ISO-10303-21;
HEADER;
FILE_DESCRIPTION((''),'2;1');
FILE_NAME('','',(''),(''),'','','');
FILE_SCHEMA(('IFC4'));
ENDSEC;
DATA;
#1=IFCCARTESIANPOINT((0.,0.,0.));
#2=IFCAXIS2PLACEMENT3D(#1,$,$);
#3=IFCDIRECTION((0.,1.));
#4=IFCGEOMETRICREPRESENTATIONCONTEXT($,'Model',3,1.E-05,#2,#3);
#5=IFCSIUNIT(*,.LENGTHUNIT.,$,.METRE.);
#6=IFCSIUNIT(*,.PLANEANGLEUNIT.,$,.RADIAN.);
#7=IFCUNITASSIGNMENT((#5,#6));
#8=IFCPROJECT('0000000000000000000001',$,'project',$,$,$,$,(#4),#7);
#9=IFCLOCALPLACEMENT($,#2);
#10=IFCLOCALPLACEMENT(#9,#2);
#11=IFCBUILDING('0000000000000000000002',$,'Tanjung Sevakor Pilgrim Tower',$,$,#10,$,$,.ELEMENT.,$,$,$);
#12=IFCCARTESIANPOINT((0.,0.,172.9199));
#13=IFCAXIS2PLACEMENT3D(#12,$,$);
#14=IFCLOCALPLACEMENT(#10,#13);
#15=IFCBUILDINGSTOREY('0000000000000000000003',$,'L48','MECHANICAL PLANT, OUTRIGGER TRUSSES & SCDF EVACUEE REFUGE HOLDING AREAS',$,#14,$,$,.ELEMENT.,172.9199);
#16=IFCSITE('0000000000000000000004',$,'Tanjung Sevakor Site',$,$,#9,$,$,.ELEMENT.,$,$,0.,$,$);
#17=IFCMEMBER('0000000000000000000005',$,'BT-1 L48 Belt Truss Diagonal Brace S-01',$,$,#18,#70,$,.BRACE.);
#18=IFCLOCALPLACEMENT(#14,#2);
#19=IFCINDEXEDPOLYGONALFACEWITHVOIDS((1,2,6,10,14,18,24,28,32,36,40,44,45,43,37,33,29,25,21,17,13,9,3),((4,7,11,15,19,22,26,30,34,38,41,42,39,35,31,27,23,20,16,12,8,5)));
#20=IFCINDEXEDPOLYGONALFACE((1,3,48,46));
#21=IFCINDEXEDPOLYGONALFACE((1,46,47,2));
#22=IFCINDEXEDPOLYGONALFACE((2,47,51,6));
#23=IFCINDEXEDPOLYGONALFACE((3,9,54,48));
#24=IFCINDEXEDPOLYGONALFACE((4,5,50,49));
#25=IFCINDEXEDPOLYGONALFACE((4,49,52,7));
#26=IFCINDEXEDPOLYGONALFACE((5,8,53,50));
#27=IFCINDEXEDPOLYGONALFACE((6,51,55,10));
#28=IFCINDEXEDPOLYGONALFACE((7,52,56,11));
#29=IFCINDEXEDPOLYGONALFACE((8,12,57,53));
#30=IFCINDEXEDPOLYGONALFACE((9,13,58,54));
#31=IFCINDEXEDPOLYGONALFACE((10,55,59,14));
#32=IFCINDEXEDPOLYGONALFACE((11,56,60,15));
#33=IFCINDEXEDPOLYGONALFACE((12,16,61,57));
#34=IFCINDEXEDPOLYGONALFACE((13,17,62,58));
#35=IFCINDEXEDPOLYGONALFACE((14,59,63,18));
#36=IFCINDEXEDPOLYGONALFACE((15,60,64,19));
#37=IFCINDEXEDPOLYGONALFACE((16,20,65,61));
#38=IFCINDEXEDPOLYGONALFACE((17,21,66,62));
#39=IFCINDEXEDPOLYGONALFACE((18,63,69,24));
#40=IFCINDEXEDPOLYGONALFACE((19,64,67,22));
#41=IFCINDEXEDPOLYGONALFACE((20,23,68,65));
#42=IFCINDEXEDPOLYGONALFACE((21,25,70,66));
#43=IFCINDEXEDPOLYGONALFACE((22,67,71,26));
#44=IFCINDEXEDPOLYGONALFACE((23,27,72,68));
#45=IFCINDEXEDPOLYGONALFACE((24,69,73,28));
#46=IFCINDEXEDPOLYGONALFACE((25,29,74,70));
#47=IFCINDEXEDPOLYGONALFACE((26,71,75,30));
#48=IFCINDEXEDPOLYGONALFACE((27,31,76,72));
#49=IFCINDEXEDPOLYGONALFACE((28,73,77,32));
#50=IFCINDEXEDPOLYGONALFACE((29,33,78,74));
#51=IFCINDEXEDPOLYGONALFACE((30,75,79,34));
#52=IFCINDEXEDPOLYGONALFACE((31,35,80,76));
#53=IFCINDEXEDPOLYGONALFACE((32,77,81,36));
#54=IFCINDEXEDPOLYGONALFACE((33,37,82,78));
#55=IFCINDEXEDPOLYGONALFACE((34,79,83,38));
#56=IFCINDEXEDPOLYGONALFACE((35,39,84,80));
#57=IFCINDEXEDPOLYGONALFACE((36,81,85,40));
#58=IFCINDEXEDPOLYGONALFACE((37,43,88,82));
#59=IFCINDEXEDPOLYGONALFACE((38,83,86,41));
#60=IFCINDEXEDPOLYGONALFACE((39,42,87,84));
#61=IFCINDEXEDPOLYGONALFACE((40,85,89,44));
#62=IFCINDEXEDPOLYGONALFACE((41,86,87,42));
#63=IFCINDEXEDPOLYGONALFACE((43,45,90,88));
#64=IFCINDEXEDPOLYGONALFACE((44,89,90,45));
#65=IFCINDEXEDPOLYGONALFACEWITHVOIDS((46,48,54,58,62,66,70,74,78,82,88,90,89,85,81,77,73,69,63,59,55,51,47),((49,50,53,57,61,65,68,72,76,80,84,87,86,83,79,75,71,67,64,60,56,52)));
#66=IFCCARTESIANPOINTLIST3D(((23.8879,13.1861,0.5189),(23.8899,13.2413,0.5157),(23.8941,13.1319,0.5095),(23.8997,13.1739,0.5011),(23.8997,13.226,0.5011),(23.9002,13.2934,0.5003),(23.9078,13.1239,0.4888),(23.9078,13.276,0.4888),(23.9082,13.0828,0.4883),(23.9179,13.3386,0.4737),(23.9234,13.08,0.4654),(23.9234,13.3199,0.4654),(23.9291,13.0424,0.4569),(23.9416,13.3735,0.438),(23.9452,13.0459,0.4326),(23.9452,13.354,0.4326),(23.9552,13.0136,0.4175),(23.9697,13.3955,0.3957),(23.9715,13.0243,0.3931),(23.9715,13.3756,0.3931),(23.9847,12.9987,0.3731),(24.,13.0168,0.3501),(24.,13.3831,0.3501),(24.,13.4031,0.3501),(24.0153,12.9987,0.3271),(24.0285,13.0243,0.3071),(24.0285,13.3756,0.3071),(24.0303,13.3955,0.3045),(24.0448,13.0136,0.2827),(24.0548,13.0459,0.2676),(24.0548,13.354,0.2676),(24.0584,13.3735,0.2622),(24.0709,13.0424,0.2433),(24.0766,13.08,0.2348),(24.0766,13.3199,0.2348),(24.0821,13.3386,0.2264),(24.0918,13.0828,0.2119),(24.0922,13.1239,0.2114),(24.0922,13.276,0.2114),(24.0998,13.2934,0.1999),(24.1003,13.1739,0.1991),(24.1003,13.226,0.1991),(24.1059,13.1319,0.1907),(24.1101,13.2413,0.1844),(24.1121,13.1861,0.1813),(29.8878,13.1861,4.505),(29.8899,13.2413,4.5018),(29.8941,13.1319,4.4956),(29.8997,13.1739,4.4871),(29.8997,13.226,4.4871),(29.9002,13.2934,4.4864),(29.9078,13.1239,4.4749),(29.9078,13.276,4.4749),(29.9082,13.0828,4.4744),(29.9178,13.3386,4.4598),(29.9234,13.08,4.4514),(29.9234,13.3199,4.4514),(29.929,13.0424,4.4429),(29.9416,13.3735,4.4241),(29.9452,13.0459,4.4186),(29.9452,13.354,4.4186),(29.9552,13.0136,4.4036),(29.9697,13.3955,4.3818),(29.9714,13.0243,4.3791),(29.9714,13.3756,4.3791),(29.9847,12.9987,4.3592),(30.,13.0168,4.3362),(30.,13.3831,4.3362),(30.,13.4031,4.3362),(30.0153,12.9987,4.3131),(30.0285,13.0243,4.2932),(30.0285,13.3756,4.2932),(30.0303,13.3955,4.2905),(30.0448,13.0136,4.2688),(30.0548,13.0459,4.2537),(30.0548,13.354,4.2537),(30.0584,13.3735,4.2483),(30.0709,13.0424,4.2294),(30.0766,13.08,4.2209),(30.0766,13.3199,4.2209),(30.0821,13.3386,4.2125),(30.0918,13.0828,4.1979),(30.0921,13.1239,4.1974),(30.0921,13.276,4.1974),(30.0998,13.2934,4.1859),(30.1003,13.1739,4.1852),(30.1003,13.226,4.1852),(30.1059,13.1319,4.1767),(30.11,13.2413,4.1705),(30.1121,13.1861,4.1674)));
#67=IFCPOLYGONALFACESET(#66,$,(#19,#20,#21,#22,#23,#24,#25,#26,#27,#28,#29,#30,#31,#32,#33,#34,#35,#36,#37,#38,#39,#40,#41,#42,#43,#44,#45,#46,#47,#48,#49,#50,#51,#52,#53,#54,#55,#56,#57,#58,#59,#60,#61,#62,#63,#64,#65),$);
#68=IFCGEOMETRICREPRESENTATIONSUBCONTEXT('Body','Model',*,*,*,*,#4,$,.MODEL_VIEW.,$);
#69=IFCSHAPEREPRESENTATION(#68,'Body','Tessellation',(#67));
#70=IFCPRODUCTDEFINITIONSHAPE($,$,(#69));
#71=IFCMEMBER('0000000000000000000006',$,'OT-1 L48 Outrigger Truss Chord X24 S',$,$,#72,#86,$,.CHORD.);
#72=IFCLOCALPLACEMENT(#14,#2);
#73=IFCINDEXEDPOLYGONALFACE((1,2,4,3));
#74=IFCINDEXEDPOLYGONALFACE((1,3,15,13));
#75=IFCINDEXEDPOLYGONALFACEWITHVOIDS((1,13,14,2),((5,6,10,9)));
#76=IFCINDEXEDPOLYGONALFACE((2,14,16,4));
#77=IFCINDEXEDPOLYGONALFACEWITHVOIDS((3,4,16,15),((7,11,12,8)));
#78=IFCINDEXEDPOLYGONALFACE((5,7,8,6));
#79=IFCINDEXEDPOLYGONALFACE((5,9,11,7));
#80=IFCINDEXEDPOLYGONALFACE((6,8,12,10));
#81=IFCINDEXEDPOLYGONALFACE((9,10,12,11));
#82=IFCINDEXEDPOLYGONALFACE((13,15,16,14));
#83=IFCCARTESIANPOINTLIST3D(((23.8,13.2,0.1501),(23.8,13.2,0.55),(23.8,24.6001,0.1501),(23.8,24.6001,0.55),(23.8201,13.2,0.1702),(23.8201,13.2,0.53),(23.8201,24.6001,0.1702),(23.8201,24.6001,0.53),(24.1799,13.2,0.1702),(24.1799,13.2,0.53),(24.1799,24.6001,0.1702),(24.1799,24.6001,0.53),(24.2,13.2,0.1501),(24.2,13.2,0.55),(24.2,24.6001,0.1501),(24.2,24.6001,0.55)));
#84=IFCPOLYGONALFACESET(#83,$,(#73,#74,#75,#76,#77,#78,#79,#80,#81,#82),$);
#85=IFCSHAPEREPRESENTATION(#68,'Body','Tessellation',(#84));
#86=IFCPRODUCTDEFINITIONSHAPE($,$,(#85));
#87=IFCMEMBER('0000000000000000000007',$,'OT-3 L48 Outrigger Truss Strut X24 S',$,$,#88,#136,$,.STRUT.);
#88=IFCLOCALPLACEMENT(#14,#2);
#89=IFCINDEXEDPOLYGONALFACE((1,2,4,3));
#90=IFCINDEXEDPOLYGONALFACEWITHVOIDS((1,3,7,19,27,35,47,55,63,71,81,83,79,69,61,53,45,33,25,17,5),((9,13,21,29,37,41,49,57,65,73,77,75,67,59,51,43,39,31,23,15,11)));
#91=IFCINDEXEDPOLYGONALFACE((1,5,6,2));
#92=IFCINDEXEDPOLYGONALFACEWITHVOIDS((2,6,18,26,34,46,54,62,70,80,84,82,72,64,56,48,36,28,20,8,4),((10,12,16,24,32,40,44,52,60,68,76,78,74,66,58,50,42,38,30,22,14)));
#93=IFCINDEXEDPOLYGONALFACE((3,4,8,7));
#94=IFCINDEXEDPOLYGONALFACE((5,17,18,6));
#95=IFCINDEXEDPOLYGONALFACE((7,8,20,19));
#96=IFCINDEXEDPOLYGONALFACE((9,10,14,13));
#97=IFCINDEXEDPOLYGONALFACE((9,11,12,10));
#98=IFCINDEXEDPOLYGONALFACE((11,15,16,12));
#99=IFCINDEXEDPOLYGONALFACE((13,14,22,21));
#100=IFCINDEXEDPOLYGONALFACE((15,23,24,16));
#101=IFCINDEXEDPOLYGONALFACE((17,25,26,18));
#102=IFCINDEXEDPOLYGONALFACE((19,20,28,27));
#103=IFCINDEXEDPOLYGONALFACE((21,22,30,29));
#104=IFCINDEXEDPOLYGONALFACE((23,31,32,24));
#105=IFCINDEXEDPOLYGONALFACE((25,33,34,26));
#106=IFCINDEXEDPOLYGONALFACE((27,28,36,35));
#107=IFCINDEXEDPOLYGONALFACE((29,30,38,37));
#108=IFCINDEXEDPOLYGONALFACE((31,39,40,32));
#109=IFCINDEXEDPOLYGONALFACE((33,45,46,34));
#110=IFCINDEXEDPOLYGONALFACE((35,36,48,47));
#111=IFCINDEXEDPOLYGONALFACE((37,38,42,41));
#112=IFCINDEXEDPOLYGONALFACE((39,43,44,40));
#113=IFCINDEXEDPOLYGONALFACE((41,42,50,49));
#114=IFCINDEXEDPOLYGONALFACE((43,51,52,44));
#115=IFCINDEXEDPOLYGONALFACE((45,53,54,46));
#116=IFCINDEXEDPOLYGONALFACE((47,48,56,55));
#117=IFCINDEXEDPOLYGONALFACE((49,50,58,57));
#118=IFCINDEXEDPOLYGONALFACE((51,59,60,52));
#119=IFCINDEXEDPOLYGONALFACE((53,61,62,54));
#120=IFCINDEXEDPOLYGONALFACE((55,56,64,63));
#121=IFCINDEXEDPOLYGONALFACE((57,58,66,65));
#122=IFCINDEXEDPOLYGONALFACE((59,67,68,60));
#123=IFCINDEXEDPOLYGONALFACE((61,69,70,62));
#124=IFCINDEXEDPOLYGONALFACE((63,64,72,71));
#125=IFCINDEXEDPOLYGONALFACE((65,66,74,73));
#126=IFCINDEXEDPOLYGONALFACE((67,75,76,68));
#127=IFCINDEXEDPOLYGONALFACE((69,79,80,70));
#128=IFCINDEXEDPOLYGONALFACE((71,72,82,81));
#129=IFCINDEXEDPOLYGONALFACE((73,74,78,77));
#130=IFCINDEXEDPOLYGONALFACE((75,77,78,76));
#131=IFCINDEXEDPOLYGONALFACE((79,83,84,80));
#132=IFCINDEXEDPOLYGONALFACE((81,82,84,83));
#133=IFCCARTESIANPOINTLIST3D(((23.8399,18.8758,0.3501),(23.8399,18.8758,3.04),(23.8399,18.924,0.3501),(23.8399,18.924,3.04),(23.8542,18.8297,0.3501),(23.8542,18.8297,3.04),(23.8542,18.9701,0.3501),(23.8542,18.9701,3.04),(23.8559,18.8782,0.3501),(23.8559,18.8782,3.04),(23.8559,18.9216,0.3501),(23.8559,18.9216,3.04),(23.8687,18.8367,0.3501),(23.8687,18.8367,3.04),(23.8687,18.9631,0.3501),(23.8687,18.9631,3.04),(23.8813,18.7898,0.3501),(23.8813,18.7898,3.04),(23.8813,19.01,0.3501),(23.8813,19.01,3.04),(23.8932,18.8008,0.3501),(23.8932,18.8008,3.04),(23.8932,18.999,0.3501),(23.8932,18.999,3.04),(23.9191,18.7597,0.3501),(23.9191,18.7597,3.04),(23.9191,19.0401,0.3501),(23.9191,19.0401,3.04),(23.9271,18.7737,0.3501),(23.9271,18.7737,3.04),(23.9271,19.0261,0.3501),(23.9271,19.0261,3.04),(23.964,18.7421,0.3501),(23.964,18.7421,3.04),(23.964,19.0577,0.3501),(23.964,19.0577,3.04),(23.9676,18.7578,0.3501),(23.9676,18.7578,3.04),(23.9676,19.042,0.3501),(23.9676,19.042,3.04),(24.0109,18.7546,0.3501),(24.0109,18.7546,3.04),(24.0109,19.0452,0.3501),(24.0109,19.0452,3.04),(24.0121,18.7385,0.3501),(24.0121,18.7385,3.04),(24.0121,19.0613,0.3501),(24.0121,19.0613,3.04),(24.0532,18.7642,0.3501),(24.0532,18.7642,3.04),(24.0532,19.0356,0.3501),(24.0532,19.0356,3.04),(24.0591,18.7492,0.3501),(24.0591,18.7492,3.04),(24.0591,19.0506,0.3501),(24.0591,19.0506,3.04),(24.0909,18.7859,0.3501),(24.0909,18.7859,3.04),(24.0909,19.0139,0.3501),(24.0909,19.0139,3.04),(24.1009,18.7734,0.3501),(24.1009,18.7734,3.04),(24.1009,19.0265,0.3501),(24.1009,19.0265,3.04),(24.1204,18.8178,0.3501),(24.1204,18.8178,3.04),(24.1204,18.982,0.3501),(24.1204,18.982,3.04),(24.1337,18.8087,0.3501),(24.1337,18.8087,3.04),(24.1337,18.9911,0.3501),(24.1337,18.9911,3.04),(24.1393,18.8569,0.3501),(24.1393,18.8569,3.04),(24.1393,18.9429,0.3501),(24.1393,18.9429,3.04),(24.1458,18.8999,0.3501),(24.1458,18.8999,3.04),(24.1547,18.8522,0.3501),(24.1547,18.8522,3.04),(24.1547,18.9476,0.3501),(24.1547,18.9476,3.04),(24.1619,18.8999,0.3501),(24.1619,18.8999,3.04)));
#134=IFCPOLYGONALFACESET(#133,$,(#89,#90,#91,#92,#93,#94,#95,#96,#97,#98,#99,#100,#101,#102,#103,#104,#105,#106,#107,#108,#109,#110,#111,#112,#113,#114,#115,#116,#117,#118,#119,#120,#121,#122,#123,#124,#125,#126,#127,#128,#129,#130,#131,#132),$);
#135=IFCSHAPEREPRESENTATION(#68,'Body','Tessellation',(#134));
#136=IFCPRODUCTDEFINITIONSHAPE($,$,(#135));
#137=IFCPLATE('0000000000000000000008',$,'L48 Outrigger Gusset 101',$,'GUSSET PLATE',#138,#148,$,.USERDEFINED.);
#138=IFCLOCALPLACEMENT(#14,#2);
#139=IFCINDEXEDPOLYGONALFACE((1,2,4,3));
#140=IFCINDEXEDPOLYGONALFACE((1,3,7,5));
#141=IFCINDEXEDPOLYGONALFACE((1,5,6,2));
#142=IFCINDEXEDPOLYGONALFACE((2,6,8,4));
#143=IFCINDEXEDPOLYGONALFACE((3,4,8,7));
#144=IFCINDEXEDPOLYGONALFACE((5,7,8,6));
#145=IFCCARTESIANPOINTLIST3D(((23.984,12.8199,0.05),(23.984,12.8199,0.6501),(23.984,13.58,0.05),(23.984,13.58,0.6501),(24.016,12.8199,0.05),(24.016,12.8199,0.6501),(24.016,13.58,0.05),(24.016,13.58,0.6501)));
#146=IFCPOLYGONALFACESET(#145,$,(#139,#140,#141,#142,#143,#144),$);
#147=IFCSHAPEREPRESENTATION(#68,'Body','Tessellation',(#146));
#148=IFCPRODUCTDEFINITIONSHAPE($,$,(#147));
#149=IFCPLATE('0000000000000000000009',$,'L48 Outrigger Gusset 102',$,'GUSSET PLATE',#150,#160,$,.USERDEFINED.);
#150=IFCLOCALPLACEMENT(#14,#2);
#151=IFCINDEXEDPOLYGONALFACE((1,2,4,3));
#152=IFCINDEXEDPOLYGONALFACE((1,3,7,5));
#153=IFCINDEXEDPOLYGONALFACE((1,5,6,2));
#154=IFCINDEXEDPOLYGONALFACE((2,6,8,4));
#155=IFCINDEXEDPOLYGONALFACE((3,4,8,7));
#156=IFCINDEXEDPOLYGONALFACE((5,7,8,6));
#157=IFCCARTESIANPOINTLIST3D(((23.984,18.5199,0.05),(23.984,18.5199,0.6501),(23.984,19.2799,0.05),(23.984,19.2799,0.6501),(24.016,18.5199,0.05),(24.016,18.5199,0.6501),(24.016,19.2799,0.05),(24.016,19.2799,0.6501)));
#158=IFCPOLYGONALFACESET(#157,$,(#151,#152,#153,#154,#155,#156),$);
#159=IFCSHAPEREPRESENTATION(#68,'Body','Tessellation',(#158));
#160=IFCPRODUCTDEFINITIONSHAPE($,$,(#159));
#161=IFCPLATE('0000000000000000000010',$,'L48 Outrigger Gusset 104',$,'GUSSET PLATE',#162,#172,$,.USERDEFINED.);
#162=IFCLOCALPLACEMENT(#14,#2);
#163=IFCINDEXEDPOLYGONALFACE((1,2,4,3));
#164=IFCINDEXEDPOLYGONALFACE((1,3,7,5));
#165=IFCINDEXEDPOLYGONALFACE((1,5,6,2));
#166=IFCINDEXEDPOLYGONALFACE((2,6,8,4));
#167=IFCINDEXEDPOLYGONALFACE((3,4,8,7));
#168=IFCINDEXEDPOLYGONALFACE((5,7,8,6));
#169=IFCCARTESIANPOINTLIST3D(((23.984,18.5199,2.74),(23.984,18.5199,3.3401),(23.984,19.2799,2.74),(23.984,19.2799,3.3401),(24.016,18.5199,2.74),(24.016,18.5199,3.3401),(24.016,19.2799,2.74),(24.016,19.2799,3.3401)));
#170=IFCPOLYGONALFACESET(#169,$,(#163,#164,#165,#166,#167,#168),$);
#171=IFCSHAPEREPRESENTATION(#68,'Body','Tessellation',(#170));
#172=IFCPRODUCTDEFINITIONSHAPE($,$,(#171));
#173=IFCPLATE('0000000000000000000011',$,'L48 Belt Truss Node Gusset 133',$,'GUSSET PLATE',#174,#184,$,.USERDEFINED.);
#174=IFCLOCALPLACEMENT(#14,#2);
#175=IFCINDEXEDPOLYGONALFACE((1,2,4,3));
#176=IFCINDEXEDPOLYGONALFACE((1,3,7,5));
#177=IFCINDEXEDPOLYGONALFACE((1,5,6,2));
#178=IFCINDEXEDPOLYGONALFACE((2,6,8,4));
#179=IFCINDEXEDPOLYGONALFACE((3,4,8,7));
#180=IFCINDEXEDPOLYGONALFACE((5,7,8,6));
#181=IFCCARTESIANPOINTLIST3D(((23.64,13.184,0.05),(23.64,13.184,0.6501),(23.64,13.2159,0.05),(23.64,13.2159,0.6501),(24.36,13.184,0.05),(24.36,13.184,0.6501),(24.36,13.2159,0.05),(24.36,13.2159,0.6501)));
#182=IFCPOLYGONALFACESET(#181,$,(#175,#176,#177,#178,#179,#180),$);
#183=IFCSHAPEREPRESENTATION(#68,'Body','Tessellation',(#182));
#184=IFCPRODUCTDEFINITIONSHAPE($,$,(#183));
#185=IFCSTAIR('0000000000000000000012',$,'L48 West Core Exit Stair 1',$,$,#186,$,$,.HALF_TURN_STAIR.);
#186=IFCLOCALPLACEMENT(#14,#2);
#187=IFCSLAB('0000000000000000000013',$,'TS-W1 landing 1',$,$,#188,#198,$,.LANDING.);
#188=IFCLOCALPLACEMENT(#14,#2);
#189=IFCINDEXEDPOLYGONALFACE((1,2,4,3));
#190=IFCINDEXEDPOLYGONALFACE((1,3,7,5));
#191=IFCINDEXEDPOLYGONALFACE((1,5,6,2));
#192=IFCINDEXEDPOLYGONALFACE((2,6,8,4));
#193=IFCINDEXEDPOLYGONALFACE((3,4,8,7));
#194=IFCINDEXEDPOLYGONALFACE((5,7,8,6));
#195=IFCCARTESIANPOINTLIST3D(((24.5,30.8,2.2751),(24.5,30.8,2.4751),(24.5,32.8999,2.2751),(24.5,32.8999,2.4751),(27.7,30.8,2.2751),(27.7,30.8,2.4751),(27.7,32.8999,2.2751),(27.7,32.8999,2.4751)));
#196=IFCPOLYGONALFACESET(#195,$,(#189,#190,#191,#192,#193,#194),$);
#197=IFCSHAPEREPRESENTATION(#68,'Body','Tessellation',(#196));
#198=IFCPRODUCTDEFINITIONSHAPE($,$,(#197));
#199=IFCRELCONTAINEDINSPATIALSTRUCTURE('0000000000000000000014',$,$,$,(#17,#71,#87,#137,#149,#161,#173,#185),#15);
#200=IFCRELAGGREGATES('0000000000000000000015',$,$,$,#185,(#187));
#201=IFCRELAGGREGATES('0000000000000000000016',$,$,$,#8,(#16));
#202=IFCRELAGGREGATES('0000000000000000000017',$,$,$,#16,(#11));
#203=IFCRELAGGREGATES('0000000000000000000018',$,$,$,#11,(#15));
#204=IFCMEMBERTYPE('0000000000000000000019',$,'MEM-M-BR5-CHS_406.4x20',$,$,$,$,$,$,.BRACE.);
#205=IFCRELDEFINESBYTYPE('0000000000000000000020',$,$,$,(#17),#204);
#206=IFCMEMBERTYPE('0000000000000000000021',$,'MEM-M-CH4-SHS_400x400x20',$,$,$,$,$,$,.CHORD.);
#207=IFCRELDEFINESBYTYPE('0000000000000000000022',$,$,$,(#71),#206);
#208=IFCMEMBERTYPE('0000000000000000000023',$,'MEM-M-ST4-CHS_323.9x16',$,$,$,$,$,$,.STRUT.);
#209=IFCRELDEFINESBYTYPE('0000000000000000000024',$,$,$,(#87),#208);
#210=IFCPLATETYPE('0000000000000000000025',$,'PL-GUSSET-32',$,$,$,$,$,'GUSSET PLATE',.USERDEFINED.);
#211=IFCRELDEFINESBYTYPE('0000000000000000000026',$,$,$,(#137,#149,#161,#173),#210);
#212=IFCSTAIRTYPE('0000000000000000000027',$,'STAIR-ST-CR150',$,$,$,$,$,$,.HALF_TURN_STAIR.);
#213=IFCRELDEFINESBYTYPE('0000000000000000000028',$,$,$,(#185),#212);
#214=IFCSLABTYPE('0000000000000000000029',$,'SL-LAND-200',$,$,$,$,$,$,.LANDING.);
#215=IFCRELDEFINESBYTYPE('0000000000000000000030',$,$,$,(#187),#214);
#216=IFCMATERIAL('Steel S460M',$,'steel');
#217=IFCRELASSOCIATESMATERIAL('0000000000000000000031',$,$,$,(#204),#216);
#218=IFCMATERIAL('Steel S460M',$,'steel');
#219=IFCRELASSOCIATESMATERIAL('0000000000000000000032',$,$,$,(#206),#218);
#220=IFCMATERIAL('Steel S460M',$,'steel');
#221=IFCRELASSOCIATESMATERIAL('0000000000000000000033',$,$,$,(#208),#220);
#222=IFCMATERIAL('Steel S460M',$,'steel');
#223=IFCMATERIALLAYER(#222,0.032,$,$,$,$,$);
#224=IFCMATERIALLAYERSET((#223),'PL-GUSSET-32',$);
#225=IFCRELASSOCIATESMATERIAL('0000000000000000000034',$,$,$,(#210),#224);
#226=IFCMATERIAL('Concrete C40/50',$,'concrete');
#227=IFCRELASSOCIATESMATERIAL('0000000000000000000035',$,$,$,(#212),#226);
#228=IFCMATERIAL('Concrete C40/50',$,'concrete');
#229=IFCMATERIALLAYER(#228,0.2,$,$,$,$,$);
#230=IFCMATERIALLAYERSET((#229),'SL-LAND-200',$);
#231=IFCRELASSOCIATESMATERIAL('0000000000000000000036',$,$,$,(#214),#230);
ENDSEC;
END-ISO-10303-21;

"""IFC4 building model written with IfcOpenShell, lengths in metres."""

from ifc_helpers import new_model, si_unit, direction, frame, origin, origin_2d, place, context, subcontext, project, spatial, polyline, rectangle, hollow_rectangle, hollow_circle, outline, extrude, material, layer, layer_set, material_profile, profile_set, type_object, element, aggregate, save


model = new_model("IFC4")

# Units and contexts
model_context = context("Model", 3, precision=1e-05, world=origin(), true_north=direction((0.0, 1.0)))
body_context = subcontext(model_context, "Body", "Model", "MODEL_VIEW")
ifc_project = project(units=[si_unit("LENGTHUNIT", "METRE"), si_unit("PLANEANGLEUNIT", "RADIAN")], contexts=[model_context])

# Site, building, storey
site_placement = place(None, origin())
site = spatial("IfcSite", under=ifc_project, at=site_placement, Name="Tanjung Sevakor Site", CompositionType="ELEMENT", RefElevation=0.0)
building_placement = place(site_placement, origin())
building = spatial("IfcBuilding", under=site, at=building_placement, Name="Tanjung Sevakor Pilgrim Tower", CompositionType="ELEMENT")
storey_placement = place(building_placement, frame((0.0, 0.0, 172.9199)))
storey = spatial("IfcBuildingStorey", under=building, at=storey_placement, Name="L48", Description="MECHANICAL PLANT, OUTRIGGER TRUSSES & SCDF EVACUEE REFUGE HOLDING AREAS", CompositionType="ELEMENT", Elevation=172.9199)

# Members
ifc_material_1 = material(Name="Steel S460M", Category="steel")
ifc_material_profile_1 = material_profile(ifc_material_1, hollow_circle(Radius=0.2031, WallThickness=0.02, at=origin_2d()))
ifc_profile_set_1 = profile_set([ifc_material_profile_1], Name="Steel S460M")
member_type_1 = type_object("IfcMemberType", Name="MEM-M-BR5-CHS_406.4x20", PredefinedType="BRACE", material=ifc_profile_set_1)
member_1_placement = place(storey_placement, frame((24.0, 13.2, 0.3501), z_axis=(0.832941, 0.0, 0.553362), x_axis=(0.0, 1.0, 0.0)))
element("IfcMember", 1, at=member_1_placement, inside=storey, type_object=member_type_1, Name="BT-1 L48 Belt Truss Diagonal Brace S-01", PredefinedType="BRACE", context=body_context, shape_type="SweptSolid", body=[
    extrude(hollow_circle(Radius=0.2031, WallThickness=0.02, at=origin_2d()), origin(), (0.0, 0.0, 1.0), 7.2034),
])
ifc_material_2 = material(Name="Steel S460M", Category="steel")
ifc_material_profile_2 = material_profile(ifc_material_2, hollow_rectangle(XDim=0.3999, YDim=0.3999, WallThickness=0.02, at=origin_2d()))
ifc_profile_set_2 = profile_set([ifc_material_profile_2], Name="Steel S460M")
member_type_2 = type_object("IfcMemberType", Name="MEM-M-CH4-SHS_400x400x20", PredefinedType="CHORD", material=ifc_profile_set_2)
member_2_placement = place(storey_placement, frame((24.0, 13.2, 0.3501), z_axis=(0.0, 1.0, 0.0), x_axis=(-1.0, 0.0, 0.0)))
element("IfcMember", 2, at=member_2_placement, inside=storey, type_object=member_type_2, Name="OT-1 L48 Outrigger Truss Chord X24 S", PredefinedType="CHORD", context=body_context, shape_type="SweptSolid", body=[
    extrude(hollow_rectangle(XDim=0.3999, YDim=0.3999, WallThickness=0.02, at=origin_2d()), origin(), (0.0, 0.0, 1.0), 11.4001),
])
ifc_material_3 = material(Name="Steel S460M", Category="steel")
ifc_material_profile_3 = material_profile(ifc_material_3, hollow_circle(Radius=0.1619, WallThickness=0.0161, at=origin_2d()))
ifc_profile_set_3 = profile_set([ifc_material_profile_3], Name="Steel S460M")
member_type_3 = type_object("IfcMemberType", Name="MEM-M-ST4-CHS_323.9x16", PredefinedType="STRUT", material=ifc_profile_set_3)
member_3_placement = place(storey_placement, frame((24.0, 18.8999, 0.3501), z_axis=(0.0, 0.0, 1.0), x_axis=(1.0, 0.0, 0.0)))
element("IfcMember", 3, at=member_3_placement, inside=storey, type_object=member_type_3, Name="OT-3 L48 Outrigger Truss Strut X24 S", PredefinedType="STRUT", context=body_context, shape_type="SweptSolid", body=[
    extrude(hollow_circle(Radius=0.1619, WallThickness=0.0161, at=origin_2d()), origin(), (0.0, 0.0, 1.0), 2.6899),
])

# Plates
ifc_material_4 = material(Name="Steel S460M", Category="steel")
ifc_layer_1 = layer(ifc_material_4, 0.032)
ifc_layer_set_1 = layer_set([ifc_layer_1], Name="PL-GUSSET-32")
plate_type = type_object("IfcPlateType", Name="PL-GUSSET-32", ElementType="GUSSET PLATE", PredefinedType="USERDEFINED", material=ifc_layer_set_1)
for number, where, z_axis, x_axis, name in (
    (4, (24.0, 13.2, 0.05), (0.0, 0.0, 1.0), (1.0, 0.0, 0.0), "L48 Outrigger Gusset 101"),
    (5, (24.0, 18.8999, 0.05), (0.0, 0.0, 1.0), (1.0, 0.0, 0.0), "L48 Outrigger Gusset 102"),
    (6, (24.0, 18.8999, 2.74), (0.0, 0.0, 1.0), (1.0, 0.0, 0.0), "L48 Outrigger Gusset 104"),
):
    element("IfcPlate", number, at=place(storey_placement, frame(where, z_axis=z_axis, x_axis=x_axis)), inside=storey, type_object=plate_type, Name=name, ObjectType="GUSSET PLATE", PredefinedType="USERDEFINED", context=body_context, shape_type="SweptSolid", body=[
        extrude(rectangle(XDim=0.032, YDim=0.76, at=origin_2d()), origin(), (0.0, 0.0, 1.0), 0.6001),
    ])
plate_placement = place(storey_placement, frame((24.0, 13.2, 0.05), z_axis=(0.0, 0.0, 1.0), x_axis=(1.0, 0.0, 0.0)))
element("IfcPlate", 7, at=plate_placement, inside=storey, type_object=plate_type, Name="L48 Belt Truss Node Gusset 133", ObjectType="GUSSET PLATE", PredefinedType="USERDEFINED", context=body_context, shape_type="SweptSolid", body=[
    extrude(rectangle(XDim=0.72, YDim=0.032, at=origin_2d()), origin(), (0.0, 0.0, 1.0), 0.6001),
])

# Stair, slab
ifc_material_5 = material(Name="Concrete C40/50", Category="concrete")
stair_type = type_object("IfcStairType", Name="STAIR-ST-CR150", PredefinedType="HALF_TURN_STAIR", material=ifc_material_5)
stair_1_placement = place(storey_placement, origin())
stair_1 = element("IfcStair", 8, at=stair_1_placement, inside=storey, type_object=stair_type, Name="L48 West Core Exit Stair 1", PredefinedType="HALF_TURN_STAIR")
ifc_material_6 = material(Name="Concrete C40/50", Category="concrete")
ifc_layer_2 = layer(ifc_material_6, 0.2)
ifc_layer_set_2 = layer_set([ifc_layer_2], Name="SL-LAND-200")
slab_type_1 = type_object("IfcSlabType", Name="SL-LAND-200", PredefinedType="LANDING", material=ifc_layer_set_2)
slab_1_placement = place(storey_placement, frame((0.0, 0.0, 2.2751)))
slab_1 = element("IfcSlab", 9, at=slab_1_placement, type_object=slab_type_1, Name="TS-W1 landing 1", PredefinedType="LANDING", context=body_context, shape_type="SweptSolid", body=[
    extrude(outline(polyline([(27.7, 30.8), (27.7, 32.8999), (24.5, 32.8999), (24.5, 30.8), (27.7, 30.8)])), origin(), (0.0, 0.0, 1.0), 0.2),
])
aggregate(stair_1, [slab_1])

save(model, "model.ifc")
